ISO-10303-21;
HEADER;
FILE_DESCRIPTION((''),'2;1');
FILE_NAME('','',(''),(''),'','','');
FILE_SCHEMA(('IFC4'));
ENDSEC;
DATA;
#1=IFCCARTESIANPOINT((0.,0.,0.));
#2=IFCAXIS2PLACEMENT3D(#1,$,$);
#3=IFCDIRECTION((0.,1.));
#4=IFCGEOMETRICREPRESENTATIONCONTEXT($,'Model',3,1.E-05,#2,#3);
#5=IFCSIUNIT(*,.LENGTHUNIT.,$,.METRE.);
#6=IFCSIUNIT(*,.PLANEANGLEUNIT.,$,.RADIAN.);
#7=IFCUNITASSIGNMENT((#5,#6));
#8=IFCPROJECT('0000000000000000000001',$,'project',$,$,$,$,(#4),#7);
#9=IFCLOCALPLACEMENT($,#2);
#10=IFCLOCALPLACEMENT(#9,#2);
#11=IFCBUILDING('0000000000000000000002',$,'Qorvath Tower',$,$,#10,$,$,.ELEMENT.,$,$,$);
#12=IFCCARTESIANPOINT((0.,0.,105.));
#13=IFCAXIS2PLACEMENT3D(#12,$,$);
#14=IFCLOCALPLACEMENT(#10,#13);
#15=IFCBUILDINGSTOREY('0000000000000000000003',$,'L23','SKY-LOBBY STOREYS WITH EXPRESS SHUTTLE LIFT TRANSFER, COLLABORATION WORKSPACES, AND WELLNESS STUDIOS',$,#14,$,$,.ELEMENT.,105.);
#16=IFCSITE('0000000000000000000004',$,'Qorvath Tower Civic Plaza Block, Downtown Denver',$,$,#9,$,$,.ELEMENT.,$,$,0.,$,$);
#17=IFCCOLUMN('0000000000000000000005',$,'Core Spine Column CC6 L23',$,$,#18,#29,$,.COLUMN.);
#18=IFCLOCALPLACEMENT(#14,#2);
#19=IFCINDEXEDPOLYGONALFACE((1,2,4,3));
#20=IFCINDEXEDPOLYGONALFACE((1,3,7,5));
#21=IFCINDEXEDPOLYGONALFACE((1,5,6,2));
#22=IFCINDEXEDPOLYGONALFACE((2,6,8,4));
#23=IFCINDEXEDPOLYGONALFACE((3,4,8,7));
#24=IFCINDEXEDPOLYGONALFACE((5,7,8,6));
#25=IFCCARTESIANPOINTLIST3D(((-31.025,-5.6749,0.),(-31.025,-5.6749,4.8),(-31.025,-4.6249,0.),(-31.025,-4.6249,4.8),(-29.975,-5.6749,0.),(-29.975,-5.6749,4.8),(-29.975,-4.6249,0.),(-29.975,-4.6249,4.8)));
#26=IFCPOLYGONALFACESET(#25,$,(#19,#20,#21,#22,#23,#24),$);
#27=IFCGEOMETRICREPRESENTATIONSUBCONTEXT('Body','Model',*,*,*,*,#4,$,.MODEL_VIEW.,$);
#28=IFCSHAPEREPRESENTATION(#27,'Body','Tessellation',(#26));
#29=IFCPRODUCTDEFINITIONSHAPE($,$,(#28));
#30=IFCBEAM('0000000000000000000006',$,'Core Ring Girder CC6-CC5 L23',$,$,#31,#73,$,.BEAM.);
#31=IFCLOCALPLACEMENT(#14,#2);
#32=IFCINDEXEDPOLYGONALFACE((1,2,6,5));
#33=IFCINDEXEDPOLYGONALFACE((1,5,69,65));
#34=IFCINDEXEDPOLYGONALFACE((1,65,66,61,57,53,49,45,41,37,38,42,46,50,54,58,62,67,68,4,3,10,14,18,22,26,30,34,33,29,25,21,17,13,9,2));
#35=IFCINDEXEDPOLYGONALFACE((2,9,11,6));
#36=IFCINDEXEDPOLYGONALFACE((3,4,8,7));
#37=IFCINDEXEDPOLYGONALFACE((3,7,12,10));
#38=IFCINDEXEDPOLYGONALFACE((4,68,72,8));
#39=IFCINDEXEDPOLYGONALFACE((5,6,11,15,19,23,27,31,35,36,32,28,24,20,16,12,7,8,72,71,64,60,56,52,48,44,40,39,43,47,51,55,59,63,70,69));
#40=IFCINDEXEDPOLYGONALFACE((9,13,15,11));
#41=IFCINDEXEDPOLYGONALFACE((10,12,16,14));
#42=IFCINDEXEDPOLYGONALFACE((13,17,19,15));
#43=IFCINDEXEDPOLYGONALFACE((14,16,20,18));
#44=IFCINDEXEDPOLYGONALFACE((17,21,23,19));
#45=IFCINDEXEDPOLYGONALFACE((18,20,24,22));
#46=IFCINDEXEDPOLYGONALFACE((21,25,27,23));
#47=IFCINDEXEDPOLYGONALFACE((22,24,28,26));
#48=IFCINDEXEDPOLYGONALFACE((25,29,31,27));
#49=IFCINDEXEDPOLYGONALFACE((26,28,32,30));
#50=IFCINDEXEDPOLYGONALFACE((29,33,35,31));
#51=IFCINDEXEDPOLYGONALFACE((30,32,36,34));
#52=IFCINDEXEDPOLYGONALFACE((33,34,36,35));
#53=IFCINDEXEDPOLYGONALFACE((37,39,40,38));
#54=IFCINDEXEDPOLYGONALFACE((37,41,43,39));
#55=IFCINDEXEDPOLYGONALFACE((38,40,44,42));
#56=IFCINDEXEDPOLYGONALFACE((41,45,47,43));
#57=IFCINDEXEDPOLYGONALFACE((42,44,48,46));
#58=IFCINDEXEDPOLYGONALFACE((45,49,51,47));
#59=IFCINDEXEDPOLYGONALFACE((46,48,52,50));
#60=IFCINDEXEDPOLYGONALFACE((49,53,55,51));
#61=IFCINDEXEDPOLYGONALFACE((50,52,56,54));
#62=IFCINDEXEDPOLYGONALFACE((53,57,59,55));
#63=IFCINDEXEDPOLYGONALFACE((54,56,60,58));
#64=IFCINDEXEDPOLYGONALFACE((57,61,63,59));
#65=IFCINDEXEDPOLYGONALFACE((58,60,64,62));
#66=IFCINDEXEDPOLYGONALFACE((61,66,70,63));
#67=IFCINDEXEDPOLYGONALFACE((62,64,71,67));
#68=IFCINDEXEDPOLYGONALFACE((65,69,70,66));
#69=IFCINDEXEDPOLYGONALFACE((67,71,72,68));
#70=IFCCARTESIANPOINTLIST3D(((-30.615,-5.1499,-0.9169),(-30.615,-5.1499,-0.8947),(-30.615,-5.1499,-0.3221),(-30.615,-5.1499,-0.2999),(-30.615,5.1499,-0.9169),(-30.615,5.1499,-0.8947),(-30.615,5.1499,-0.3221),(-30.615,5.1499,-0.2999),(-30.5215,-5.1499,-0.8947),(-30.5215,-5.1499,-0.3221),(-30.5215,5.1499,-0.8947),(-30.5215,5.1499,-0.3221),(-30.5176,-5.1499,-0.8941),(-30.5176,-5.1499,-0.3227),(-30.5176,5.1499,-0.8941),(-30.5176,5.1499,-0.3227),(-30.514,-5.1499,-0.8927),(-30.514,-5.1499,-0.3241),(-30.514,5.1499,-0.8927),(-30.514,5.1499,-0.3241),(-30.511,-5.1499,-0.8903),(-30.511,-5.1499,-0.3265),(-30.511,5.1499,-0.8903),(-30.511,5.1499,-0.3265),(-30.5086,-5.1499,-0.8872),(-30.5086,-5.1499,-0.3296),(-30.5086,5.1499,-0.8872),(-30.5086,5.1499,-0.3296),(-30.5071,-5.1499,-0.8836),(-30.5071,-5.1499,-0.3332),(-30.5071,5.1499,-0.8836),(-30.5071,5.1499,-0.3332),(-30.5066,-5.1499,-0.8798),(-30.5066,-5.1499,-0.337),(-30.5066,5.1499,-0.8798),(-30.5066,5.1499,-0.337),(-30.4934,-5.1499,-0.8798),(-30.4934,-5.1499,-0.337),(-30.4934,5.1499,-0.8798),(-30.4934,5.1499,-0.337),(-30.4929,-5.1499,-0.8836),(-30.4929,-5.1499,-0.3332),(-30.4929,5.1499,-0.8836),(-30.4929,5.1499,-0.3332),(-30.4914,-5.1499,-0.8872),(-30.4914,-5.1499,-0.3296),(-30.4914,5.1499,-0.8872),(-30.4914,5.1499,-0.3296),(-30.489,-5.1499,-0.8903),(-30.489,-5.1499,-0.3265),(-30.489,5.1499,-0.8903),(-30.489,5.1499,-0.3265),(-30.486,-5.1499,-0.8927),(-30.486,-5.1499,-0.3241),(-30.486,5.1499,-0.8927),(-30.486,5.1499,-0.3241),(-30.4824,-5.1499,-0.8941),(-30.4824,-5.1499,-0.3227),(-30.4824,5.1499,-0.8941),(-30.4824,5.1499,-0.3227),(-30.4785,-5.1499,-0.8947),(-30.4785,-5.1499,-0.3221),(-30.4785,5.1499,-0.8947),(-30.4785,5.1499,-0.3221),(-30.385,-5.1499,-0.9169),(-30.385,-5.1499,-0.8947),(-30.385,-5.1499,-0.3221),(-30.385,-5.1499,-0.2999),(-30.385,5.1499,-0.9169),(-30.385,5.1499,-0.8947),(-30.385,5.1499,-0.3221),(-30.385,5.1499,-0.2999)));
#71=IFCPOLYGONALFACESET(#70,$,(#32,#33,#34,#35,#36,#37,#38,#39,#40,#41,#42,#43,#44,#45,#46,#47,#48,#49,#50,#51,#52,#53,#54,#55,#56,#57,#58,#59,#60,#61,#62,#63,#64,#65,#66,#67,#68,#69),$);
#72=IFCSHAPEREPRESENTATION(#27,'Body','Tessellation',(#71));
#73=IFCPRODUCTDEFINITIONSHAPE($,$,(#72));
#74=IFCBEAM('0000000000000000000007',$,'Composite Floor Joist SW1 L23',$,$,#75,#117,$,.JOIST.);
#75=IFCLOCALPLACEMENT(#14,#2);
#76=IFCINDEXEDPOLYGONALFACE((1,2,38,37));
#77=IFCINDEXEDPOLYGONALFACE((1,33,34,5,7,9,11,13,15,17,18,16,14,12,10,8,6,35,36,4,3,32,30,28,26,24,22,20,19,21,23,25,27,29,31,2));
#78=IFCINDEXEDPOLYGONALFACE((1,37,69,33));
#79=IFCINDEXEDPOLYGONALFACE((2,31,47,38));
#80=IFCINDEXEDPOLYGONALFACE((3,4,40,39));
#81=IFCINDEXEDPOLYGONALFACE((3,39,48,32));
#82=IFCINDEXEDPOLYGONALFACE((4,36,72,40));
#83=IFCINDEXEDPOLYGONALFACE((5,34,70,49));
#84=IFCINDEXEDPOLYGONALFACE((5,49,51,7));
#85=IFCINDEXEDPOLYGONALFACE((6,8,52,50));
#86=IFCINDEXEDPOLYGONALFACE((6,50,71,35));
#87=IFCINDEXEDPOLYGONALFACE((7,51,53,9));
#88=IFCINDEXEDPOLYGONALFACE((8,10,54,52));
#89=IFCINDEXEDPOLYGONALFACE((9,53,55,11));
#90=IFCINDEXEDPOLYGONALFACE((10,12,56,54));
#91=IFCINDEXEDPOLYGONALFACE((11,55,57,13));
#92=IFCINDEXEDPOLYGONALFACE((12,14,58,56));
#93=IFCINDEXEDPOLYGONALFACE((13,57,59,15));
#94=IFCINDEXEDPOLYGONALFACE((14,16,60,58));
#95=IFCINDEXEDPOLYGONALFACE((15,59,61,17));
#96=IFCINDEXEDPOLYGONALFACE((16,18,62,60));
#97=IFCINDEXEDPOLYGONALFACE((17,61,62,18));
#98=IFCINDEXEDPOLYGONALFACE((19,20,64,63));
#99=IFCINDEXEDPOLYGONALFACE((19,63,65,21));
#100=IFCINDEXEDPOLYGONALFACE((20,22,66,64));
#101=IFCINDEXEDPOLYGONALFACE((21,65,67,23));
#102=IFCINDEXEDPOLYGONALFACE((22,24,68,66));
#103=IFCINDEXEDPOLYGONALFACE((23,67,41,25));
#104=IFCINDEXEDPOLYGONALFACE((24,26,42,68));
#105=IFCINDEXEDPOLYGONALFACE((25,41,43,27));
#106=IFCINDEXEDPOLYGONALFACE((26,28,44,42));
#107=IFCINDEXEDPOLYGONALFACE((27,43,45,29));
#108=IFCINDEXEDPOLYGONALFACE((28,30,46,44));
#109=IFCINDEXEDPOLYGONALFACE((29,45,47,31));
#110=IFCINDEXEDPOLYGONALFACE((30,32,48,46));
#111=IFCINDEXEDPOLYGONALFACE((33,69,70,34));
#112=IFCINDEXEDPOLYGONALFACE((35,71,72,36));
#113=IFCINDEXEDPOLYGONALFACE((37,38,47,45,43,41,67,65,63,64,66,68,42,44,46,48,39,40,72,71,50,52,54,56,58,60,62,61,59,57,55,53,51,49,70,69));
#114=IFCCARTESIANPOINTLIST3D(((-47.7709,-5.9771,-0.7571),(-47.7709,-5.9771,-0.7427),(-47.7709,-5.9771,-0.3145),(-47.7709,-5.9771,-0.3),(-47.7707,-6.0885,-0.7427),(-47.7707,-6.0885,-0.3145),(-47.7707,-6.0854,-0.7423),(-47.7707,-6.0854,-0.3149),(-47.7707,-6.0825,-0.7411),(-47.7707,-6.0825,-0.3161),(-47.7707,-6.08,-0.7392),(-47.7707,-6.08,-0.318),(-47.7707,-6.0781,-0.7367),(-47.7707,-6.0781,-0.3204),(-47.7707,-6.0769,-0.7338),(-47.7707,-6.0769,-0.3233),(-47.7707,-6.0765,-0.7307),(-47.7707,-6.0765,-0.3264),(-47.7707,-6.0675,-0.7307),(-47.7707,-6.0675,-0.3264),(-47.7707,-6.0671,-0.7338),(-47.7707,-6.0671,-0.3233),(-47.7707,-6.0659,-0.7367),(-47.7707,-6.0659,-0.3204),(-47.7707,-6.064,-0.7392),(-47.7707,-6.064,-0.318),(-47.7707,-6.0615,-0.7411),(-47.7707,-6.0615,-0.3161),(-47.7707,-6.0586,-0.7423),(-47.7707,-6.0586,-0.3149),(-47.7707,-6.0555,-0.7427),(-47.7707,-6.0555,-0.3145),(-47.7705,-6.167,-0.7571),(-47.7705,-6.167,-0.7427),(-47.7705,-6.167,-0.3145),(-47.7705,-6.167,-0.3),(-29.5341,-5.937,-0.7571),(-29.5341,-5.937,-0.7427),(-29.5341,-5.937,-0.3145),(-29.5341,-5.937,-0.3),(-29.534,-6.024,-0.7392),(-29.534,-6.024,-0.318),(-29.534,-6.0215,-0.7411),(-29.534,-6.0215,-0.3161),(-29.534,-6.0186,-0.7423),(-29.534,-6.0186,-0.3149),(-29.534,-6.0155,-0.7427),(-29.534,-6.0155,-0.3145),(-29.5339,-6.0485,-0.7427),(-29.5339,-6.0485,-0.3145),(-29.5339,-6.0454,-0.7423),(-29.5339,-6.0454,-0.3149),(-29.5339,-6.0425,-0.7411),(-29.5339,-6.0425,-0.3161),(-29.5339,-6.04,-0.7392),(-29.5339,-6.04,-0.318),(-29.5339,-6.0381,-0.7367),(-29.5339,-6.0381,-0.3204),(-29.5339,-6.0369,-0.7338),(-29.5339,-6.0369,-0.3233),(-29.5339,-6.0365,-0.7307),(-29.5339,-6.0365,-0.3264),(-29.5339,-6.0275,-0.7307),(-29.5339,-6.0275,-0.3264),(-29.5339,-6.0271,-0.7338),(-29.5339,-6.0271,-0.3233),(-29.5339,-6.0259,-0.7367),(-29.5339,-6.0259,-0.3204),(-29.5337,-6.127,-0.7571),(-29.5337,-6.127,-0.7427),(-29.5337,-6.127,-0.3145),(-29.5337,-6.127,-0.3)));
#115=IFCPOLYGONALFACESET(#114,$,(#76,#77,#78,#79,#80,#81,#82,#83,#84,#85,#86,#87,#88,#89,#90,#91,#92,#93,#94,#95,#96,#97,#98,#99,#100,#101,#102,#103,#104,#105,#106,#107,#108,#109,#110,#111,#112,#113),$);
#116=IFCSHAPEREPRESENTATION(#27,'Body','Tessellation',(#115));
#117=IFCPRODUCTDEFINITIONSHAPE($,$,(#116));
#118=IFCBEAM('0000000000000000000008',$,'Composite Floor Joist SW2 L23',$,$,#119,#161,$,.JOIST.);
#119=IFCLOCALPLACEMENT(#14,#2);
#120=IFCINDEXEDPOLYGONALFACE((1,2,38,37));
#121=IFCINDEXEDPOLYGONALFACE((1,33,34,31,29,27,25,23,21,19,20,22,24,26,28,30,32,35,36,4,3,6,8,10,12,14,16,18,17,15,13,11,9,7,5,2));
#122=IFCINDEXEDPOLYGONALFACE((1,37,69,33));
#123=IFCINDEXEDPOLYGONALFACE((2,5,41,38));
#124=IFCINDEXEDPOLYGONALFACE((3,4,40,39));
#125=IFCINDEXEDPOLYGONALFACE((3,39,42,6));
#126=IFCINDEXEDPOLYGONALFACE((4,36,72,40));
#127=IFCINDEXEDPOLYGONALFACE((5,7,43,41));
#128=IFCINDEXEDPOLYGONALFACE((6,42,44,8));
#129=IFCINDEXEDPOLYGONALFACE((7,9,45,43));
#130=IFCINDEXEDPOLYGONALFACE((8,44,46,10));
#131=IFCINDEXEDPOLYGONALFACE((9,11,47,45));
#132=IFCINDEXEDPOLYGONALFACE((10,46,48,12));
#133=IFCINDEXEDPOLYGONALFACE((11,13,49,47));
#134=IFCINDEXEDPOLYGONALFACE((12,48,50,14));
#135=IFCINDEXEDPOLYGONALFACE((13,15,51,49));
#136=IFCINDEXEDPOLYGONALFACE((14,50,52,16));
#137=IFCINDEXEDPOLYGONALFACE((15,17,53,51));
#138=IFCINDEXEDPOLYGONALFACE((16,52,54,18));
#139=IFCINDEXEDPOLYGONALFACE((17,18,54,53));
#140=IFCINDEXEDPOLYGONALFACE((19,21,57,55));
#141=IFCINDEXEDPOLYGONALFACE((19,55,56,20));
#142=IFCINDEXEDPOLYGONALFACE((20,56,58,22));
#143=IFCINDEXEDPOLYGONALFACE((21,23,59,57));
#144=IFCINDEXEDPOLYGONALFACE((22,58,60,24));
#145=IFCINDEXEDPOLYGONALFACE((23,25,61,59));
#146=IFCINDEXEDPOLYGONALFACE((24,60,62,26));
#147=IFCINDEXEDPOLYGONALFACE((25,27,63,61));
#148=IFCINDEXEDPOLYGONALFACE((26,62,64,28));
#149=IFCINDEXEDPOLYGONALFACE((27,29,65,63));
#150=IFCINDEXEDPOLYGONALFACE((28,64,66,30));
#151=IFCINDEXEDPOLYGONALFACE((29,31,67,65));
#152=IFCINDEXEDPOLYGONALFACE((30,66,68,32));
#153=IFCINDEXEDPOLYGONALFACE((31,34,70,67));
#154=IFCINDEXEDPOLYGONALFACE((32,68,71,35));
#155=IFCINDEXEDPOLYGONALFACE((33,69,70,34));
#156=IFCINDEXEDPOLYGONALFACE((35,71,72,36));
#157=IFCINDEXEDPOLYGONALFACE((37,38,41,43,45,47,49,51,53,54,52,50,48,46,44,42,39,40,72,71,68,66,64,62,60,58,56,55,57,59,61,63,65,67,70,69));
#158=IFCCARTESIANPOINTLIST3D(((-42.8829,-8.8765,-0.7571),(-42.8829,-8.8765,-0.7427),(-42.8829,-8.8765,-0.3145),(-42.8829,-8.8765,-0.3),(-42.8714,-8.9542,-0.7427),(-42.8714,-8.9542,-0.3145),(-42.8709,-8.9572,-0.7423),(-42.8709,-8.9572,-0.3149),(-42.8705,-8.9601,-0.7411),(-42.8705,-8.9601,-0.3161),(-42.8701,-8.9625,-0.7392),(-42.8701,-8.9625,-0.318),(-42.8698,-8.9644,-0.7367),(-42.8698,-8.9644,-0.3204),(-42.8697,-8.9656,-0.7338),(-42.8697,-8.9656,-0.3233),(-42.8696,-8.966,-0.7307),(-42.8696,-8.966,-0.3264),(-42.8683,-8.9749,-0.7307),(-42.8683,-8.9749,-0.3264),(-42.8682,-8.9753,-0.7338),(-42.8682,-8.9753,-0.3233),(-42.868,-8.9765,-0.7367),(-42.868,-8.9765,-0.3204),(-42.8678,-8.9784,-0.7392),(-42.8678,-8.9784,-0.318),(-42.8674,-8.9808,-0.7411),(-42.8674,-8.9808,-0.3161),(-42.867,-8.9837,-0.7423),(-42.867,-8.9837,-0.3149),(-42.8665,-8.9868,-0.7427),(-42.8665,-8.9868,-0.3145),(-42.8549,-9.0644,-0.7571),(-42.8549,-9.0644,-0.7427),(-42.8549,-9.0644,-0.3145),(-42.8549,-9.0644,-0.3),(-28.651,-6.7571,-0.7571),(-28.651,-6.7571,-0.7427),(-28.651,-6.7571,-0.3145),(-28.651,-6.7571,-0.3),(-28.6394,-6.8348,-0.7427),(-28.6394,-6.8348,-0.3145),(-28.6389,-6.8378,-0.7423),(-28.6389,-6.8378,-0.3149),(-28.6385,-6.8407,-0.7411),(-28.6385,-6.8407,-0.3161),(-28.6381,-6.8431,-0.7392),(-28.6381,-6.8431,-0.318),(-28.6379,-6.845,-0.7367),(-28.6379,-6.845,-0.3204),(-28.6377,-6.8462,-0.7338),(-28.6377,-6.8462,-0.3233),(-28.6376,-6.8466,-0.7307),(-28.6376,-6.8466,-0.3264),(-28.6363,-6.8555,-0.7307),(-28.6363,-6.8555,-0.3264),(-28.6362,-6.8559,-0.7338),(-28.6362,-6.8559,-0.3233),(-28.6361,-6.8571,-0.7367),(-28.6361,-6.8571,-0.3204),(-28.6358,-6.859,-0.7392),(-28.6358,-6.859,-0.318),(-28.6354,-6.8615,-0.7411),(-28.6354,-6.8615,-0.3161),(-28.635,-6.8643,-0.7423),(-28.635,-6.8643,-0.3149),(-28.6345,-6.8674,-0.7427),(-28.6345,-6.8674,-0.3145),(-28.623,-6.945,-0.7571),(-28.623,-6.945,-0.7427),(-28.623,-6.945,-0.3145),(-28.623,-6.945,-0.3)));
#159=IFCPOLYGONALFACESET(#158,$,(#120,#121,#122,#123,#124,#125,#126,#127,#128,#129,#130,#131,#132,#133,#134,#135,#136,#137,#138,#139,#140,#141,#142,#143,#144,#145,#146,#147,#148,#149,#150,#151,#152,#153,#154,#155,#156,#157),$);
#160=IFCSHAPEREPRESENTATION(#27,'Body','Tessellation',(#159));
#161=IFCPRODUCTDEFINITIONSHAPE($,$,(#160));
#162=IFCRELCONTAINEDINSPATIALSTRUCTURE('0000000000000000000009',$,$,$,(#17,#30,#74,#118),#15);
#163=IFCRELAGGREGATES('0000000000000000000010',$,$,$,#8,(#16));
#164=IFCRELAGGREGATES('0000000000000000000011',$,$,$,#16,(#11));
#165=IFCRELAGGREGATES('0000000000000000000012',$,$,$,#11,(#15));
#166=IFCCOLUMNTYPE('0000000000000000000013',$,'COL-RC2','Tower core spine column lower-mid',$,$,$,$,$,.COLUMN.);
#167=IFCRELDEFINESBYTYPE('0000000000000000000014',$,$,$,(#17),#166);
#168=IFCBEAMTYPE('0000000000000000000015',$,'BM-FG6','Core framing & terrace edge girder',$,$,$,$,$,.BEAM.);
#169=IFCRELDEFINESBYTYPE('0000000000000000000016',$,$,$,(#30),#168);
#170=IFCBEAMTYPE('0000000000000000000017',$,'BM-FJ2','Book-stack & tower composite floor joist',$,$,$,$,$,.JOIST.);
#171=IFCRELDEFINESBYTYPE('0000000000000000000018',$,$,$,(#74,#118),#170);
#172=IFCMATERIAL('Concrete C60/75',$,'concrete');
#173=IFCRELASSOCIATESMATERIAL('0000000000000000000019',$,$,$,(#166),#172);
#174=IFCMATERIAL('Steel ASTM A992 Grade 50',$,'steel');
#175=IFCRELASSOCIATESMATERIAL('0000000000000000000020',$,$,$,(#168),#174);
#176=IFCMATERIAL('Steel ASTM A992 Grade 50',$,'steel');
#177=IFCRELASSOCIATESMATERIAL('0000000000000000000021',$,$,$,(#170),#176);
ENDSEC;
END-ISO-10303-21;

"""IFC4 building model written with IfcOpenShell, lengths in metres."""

from ifc_helpers import new_model, si_unit, direction, frame, origin, origin_2d, place, context, subcontext, project, spatial, rectangle, i_section, extrude, material, material_profile, profile_set, type_object, element, save


model = new_model("IFC4")

# Units and contexts
model_context = context("Model", 3, precision=1e-05, world=origin(), true_north=direction((0.0, 1.0)))
body_context = subcontext(model_context, "Body", "Model", "MODEL_VIEW")
ifc_project = project(units=[si_unit("LENGTHUNIT", "METRE"), si_unit("PLANEANGLEUNIT", "RADIAN")], contexts=[model_context])

# Site, building, storey
site_placement = place(None, origin())
site = spatial("IfcSite", under=ifc_project, at=site_placement, Name="Qorvath Tower Civic Plaza Block, Downtown Denver", CompositionType="ELEMENT", RefElevation=0.0)
building_placement = place(site_placement, origin())
building = spatial("IfcBuilding", under=site, at=building_placement, Name="Qorvath Tower", CompositionType="ELEMENT")
storey_placement = place(building_placement, frame((0.0, 0.0, 105.0)))
storey = spatial("IfcBuildingStorey", under=building, at=storey_placement, Name="L23", Description="SKY-LOBBY STOREYS WITH EXPRESS SHUTTLE LIFT TRANSFER, COLLABORATION WORKSPACES, AND WELLNESS STUDIOS", CompositionType="ELEMENT", Elevation=105.0)

# Column
ifc_material_1 = material(Name="Concrete C60/75", Category="concrete")
ifc_material_profile_1 = material_profile(ifc_material_1, rectangle(XDim=1.05, YDim=1.05, at=origin_2d()), Name="RC 1050x1050")
ifc_profile_set_1 = profile_set([ifc_material_profile_1], Name="Concrete C60/75")
column_type = type_object("IfcColumnType", Name="COL-RC2", Description="Tower core spine column lower-mid", PredefinedType="COLUMN", material=ifc_profile_set_1)
column_placement = place(storey_placement, frame((-30.5, -5.1499, 0.0), z_axis=(0.0, 0.0, 1.0), x_axis=(1.0, 0.0, 0.0)))
element("IfcColumn", 1, at=column_placement, inside=storey, type_object=column_type, Name="Core Spine Column CC6 L23", PredefinedType="COLUMN", context=body_context, shape_type="SweptSolid", body=[
    extrude(rectangle(XDim=1.05, YDim=1.05, at=origin_2d()), origin(), (0.0, 0.0, 1.0), 4.8),
])

# Beams
ifc_material_2 = material(Name="Steel ASTM A992 Grade 50", Category="steel")
ifc_material_profile_2 = material_profile(ifc_material_2, i_section(OverallWidth=0.23, OverallDepth=0.6169, WebThickness=0.0132, FlangeThickness=0.0222, FilletRadius=0.0149, at=origin_2d()), Name="W24x94")
ifc_profile_set_2 = profile_set([ifc_material_profile_2], Name="Steel ASTM A992 Grade 50")
beam_type_1 = type_object("IfcBeamType", Name="BM-FG6", Description="Core framing & terrace edge girder", PredefinedType="BEAM", material=ifc_profile_set_2)
beam_1_placement = place(storey_placement, frame((-30.5, -5.1499, -0.6084), z_axis=(0.0, 1.0, 0.0), x_axis=(-1.0, 0.0, 0.0)))
element("IfcBeam", 2, at=beam_1_placement, inside=storey, type_object=beam_type_1, Name="Core Ring Girder CC6-CC5 L23", PredefinedType="BEAM", context=body_context, shape_type="SweptSolid", body=[
    extrude(i_section(OverallWidth=0.23, OverallDepth=0.6169, WebThickness=0.0132, FlangeThickness=0.0222, FilletRadius=0.0149, at=origin_2d()), origin(), (0.0, 0.0, 1.0), 10.2998),
])
ifc_material_3 = material(Name="Steel ASTM A992 Grade 50", Category="steel")
ifc_material_profile_3 = material_profile(ifc_material_3, i_section(OverallWidth=0.1899, OverallDepth=0.457, WebThickness=0.009, FlangeThickness=0.0144, FilletRadius=0.012, at=origin_2d()), Name="W18x50")
ifc_profile_set_3 = profile_set([ifc_material_profile_3], Name="Steel ASTM A992 Grade 50")
beam_type_2 = type_object("IfcBeamType", Name="BM-FJ2", Description="Book-stack & tower composite floor joist", PredefinedType="JOIST", material=ifc_profile_set_3)
beam_2_placement = place(storey_placement, frame((-29.5339, -6.032, -0.5286), z_axis=(-0.999998, -0.002196, 0.0), x_axis=(0.002196, -0.999998, 0.0)))
element("IfcBeam", 3, at=beam_2_placement, inside=storey, type_object=beam_type_2, Name="Composite Floor Joist SW1 L23", PredefinedType="JOIST", context=body_context, shape_type="SweptSolid", body=[
    extrude(i_section(OverallWidth=0.1899, OverallDepth=0.457, WebThickness=0.009, FlangeThickness=0.0144, FilletRadius=0.012, at=origin_2d()), origin(), (0.0, 0.0, 1.0), 18.2368),
])
beam_3_placement = place(storey_placement, frame((-28.637, -6.8511, -0.5286), z_axis=(-0.989093, -0.147293, 0.0), x_axis=(0.147293, -0.989093, 0.0)))
element("IfcBeam", 4, at=beam_3_placement, inside=storey, type_object=beam_type_2, Name="Composite Floor Joist SW2 L23", PredefinedType="JOIST", context=body_context, shape_type="SweptSolid", body=[
    extrude(i_section(OverallWidth=0.1899, OverallDepth=0.457, WebThickness=0.009, FlangeThickness=0.0144, FilletRadius=0.012, at=origin_2d()), origin(), (0.0, 0.0, 1.0), 14.3889),
])

save(model, "model.ifc")
